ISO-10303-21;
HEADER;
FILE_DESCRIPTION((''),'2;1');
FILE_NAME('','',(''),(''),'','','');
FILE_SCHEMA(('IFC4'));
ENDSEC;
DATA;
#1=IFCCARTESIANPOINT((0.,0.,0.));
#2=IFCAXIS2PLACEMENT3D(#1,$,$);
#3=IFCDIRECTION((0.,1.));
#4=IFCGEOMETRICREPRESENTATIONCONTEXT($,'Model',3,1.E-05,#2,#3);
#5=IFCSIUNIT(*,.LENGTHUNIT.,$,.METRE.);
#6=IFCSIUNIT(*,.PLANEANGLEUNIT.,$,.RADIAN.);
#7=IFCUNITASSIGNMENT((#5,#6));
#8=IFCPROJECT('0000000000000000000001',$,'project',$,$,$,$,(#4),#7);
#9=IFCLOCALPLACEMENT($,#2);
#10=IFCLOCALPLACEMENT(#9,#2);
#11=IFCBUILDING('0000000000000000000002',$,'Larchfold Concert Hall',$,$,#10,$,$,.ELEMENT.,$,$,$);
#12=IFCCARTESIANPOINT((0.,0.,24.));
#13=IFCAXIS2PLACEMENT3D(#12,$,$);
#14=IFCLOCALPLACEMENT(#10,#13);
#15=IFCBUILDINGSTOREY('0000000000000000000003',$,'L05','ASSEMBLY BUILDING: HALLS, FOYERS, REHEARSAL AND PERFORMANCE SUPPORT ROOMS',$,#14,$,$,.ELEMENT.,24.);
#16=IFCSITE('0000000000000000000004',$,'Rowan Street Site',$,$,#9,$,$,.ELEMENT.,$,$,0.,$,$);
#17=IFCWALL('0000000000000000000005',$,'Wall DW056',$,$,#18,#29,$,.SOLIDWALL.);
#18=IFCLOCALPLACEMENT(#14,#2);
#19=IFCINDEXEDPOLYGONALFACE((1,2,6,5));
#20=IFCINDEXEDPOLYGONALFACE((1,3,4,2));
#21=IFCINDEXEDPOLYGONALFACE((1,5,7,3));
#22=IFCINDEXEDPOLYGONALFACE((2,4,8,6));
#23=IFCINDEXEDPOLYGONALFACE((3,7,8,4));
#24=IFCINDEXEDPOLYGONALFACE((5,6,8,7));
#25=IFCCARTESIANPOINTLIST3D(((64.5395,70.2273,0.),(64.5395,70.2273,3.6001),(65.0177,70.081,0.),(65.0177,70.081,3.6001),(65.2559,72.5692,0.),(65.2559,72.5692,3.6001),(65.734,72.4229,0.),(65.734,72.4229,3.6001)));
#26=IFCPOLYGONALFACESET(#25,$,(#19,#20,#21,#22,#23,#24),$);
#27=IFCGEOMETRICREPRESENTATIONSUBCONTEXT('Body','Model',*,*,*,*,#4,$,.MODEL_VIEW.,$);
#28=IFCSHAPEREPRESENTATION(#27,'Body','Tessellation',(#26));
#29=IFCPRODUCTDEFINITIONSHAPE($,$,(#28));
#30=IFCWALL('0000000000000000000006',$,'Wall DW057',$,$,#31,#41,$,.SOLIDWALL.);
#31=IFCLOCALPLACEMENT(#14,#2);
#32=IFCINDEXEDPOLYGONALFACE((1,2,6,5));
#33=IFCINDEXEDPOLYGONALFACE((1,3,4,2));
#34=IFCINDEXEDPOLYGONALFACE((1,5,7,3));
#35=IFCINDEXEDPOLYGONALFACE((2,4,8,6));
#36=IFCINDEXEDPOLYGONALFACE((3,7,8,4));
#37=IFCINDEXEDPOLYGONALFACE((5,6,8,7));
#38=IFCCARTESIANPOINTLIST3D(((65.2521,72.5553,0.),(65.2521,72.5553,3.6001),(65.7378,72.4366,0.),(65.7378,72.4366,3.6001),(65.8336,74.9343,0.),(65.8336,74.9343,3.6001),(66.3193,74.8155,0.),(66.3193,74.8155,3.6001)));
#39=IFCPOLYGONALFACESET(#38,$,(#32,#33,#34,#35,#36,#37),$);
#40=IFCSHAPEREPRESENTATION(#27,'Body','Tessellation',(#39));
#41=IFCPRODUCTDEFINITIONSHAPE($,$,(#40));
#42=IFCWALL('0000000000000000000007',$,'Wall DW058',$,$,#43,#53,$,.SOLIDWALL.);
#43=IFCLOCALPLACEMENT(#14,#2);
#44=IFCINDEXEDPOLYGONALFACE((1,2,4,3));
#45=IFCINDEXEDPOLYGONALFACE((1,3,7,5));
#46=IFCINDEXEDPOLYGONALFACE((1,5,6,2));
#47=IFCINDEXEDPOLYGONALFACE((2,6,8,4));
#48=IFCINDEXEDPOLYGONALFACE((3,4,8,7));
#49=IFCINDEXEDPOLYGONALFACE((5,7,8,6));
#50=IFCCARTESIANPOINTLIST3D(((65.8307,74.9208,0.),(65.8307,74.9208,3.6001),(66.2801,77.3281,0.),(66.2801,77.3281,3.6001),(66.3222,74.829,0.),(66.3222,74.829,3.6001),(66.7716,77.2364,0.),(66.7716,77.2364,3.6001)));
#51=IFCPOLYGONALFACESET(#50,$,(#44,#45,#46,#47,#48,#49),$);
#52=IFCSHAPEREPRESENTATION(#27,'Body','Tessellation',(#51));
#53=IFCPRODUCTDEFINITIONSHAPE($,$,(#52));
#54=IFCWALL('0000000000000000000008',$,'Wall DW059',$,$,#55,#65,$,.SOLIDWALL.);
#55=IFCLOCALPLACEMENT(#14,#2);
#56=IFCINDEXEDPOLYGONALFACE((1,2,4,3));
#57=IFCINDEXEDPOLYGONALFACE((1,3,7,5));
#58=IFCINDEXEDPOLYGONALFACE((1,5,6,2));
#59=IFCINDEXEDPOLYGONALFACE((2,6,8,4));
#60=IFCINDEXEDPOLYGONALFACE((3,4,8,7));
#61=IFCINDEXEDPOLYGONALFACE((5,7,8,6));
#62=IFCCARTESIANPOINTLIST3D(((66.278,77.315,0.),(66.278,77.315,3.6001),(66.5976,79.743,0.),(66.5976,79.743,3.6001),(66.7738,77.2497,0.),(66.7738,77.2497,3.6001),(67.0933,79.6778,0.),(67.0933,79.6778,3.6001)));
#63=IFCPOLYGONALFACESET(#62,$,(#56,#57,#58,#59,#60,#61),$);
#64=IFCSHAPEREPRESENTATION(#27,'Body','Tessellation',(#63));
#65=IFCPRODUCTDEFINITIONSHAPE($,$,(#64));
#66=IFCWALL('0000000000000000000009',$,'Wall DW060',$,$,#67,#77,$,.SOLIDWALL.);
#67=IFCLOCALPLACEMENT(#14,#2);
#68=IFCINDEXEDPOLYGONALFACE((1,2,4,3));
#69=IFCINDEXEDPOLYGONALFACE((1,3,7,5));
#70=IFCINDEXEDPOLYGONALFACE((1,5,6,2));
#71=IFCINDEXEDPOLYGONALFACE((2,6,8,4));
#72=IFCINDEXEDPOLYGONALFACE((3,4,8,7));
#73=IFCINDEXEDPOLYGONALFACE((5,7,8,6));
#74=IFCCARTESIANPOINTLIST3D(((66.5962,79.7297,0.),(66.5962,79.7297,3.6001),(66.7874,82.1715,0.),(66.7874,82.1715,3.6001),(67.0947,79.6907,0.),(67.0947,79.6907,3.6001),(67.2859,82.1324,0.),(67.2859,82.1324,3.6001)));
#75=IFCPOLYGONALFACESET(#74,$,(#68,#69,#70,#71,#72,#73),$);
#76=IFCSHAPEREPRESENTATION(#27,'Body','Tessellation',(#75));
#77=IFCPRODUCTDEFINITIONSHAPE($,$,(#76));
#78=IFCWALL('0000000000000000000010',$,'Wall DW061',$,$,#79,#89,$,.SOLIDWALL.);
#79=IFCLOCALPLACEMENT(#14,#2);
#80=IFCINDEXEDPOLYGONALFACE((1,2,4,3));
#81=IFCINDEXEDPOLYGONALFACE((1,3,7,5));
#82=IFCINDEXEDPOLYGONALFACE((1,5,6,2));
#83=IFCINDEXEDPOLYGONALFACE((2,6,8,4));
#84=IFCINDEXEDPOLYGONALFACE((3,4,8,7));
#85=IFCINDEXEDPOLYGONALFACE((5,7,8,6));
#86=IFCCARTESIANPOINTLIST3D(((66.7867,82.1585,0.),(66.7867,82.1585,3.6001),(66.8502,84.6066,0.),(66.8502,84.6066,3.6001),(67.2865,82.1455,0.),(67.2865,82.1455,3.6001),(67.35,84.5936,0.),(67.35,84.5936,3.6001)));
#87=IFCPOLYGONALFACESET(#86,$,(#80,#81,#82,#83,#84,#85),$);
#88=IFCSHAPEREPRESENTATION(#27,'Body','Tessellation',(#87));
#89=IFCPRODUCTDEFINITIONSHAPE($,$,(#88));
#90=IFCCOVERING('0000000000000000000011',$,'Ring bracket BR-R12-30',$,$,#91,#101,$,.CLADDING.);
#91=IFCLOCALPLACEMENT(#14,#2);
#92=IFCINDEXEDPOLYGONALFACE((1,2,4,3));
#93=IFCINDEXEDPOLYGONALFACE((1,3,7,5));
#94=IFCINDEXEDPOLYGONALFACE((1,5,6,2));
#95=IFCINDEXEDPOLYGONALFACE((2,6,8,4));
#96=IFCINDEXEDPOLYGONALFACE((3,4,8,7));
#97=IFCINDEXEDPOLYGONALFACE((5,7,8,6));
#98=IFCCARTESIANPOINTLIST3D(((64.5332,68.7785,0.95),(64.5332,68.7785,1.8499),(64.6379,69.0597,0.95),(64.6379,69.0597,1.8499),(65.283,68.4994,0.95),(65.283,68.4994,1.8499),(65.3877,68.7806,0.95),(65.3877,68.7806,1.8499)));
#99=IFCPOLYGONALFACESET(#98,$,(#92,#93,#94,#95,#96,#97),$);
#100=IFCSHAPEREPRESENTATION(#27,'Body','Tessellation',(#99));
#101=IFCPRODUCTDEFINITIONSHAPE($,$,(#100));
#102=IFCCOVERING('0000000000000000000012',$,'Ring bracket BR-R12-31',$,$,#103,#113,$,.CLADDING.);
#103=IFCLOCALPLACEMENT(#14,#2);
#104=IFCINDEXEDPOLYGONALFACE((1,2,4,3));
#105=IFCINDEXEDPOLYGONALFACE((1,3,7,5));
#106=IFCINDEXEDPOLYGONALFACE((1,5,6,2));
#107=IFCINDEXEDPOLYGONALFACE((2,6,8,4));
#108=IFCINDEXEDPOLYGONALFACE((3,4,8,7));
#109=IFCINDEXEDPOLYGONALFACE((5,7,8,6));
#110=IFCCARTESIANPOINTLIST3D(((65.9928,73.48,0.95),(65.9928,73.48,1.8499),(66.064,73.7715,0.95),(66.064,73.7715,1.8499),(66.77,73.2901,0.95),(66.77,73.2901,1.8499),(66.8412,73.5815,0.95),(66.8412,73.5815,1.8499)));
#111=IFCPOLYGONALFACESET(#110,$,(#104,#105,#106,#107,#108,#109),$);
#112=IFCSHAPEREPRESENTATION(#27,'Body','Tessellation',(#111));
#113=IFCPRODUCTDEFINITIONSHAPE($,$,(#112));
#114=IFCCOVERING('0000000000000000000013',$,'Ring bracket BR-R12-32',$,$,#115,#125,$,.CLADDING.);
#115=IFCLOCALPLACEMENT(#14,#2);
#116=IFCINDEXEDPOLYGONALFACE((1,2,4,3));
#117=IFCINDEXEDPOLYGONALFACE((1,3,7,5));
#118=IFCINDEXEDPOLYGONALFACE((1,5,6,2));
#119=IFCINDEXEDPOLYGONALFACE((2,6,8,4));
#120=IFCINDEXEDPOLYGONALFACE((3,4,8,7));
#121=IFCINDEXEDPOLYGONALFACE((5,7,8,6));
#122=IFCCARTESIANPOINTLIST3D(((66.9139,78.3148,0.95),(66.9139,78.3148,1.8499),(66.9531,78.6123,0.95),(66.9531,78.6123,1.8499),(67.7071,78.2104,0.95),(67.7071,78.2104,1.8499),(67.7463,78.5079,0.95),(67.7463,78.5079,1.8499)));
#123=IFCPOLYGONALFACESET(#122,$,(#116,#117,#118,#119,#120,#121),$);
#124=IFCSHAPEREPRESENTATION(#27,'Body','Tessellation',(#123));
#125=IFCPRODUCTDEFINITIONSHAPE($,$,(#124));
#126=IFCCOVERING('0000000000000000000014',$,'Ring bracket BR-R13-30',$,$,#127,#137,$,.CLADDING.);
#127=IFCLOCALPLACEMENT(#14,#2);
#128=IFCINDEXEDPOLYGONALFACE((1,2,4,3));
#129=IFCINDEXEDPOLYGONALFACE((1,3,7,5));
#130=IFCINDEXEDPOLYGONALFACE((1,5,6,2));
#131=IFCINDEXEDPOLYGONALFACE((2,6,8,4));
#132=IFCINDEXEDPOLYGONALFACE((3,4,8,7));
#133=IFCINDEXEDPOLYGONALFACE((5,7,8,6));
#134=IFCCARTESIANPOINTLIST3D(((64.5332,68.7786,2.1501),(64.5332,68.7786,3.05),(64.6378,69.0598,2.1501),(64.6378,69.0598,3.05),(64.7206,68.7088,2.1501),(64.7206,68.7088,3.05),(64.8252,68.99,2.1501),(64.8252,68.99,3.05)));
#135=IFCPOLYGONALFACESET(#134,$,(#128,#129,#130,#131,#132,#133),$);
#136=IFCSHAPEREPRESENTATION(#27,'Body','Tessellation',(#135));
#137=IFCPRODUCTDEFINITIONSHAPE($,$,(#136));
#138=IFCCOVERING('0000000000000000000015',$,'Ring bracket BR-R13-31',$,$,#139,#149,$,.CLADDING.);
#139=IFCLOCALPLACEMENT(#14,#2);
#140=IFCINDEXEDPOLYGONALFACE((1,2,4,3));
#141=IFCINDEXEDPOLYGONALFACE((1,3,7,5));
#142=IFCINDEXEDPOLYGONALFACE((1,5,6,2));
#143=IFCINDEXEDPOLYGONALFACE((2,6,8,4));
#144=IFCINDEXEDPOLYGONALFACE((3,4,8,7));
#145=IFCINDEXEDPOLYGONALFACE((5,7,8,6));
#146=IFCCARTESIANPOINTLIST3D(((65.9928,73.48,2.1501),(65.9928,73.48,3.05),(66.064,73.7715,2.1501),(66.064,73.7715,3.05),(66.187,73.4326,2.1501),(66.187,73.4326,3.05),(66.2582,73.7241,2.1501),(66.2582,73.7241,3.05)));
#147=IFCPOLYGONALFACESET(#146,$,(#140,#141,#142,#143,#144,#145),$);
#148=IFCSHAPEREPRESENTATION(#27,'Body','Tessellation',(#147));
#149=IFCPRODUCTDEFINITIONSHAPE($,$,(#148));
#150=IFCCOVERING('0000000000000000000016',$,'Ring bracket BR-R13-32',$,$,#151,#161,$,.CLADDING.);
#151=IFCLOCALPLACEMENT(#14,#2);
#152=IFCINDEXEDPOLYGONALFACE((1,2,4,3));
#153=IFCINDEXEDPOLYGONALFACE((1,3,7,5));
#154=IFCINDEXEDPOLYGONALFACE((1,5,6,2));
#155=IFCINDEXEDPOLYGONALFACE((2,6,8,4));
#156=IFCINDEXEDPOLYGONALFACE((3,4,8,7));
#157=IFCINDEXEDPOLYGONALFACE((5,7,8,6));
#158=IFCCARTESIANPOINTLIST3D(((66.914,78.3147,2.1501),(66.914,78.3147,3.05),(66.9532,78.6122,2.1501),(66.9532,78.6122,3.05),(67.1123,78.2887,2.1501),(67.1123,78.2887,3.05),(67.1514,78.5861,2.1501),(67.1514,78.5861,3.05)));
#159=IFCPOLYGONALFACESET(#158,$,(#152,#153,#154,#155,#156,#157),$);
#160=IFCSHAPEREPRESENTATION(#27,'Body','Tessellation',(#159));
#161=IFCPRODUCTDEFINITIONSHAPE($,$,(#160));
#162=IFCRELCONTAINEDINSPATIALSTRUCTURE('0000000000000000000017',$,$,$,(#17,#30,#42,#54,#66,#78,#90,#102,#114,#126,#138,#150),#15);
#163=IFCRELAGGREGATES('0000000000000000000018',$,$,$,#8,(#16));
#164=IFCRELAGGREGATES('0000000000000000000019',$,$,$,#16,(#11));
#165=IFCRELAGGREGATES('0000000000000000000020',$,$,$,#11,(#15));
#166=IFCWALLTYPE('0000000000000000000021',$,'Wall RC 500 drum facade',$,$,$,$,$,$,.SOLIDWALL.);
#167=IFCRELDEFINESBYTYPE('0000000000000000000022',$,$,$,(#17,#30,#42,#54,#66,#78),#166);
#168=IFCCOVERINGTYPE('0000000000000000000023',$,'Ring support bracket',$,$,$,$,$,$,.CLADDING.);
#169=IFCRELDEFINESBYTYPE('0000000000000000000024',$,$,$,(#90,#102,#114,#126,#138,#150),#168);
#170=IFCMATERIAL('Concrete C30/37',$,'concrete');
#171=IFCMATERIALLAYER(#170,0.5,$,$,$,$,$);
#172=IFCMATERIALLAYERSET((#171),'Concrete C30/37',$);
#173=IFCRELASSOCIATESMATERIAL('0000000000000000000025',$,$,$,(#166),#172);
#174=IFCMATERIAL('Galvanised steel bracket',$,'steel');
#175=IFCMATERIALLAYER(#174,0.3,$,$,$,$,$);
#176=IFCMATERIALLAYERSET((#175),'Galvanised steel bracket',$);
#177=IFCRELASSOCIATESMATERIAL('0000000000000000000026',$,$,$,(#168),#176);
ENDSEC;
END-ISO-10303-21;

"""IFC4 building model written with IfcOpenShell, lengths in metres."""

from ifc_helpers import new_model, si_unit, direction, frame, frame_2d, origin, origin_2d, place, context, subcontext, project, spatial, rectangle, extrude, material, layer, layer_set, type_object, element, save


model = new_model("IFC4")

# Units and contexts
model_context = context("Model", 3, precision=1e-05, world=origin(), true_north=direction((0.0, 1.0)))
body_context = subcontext(model_context, "Body", "Model", "MODEL_VIEW")
ifc_project = project(units=[si_unit("LENGTHUNIT", "METRE"), si_unit("PLANEANGLEUNIT", "RADIAN")], contexts=[model_context])

# Site, building, storey
site_placement = place(None, origin())
site = spatial("IfcSite", under=ifc_project, at=site_placement, Name="Rowan Street Site", CompositionType="ELEMENT", RefElevation=0.0)
building_placement = place(site_placement, origin())
building = spatial("IfcBuilding", under=site, at=building_placement, Name="Larchfold Concert Hall", CompositionType="ELEMENT")
storey_placement = place(building_placement, frame((0.0, 0.0, 24.0)))
storey = spatial("IfcBuildingStorey", under=building, at=storey_placement, Name="L05", Description="ASSEMBLY BUILDING: HALLS, FOYERS, REHEARSAL AND PERFORMANCE SUPPORT ROOMS", CompositionType="ELEMENT", Elevation=24.0)

# Walls
ifc_material_1 = material(Name="Concrete C30/37", Category="concrete")
ifc_layer_1 = layer(ifc_material_1, 0.5)
ifc_layer_set_1 = layer_set([ifc_layer_1], Name="Concrete C30/37")
wall_type_1 = type_object("IfcWallType", Name="Wall RC 500 drum facade", PredefinedType="SOLIDWALL", material=ifc_layer_set_1)
for number, where, z_axis, x_axis, name in (
    (1, (64.7786, 70.1541, 0.0), (0.0, 0.0, 1.0), (0.292502, 0.956265, 0.0), "Wall DW056"),
    (2, (65.4949, 72.4958, 0.0), (0.0, 0.0, 1.0), (0.237466, 0.971396, 0.0), "Wall DW057"),
    (3, (66.0764, 74.8748, 0.0), (0.0, 0.0, 1.0), (0.183524, 0.983015, 0.0), "Wall DW058"),
    (4, (66.5259, 77.2822, 0.0), (0.0, 0.0, 1.0), (0.130498, 0.991449, 0.0), "Wall DW059"),
):
    element("IfcWall", number, at=place(storey_placement, frame(where, z_axis=z_axis, x_axis=x_axis)), inside=storey, type_object=wall_type_1, Name=name, PredefinedType="SOLIDWALL", context=body_context, shape_type="SweptSolid", body=[
        extrude(rectangle(XDim=2.449, YDim=0.5, at=frame_2d((1.2246, 0.0))), origin(), (0.0, 0.0, 1.0), 3.6001),
    ])
wall_1_placement = place(storey_placement, frame((66.8455, 79.7102, 0.0), z_axis=(0.0, 0.0, 1.0), x_axis=(0.078053, 0.996949, 0.0)))
element("IfcWall", 5, at=wall_1_placement, inside=storey, type_object=wall_type_1, Name="Wall DW060", PredefinedType="SOLIDWALL", context=body_context, shape_type="SweptSolid", body=[
    extrude(rectangle(XDim=2.4492, YDim=0.5, at=frame_2d((1.2246, 0.0))), origin(), (0.0, 0.0, 1.0), 3.6001),
])
wall_2_placement = place(storey_placement, frame((67.0366, 82.1519, 0.0), z_axis=(0.0, 0.0, 1.0), x_axis=(0.025919, 0.999664, 0.0)))
element("IfcWall", 6, at=wall_2_placement, inside=storey, type_object=wall_type_1, Name="Wall DW061", PredefinedType="SOLIDWALL", context=body_context, shape_type="SweptSolid", body=[
    extrude(rectangle(XDim=2.449, YDim=0.5, at=frame_2d((1.2246, 0.0))), origin(), (0.0, 0.0, 1.0), 3.6001),
])

# Coverings
ifc_material_2 = material(Name="Galvanised steel bracket", Category="steel")
ifc_layer_2 = layer(ifc_material_2, 0.3)
ifc_layer_set_2 = layer_set([ifc_layer_2], Name="Galvanised steel bracket")
covering_type = type_object("IfcCoveringType", Name="Ring support bracket", PredefinedType="CLADDING", material=ifc_layer_set_2)
for number, where, z_axis, x_axis, name in (
    (7, (64.9604, 68.7795, 0.95), (0.0, 0.0, 1.0), (0.937177, -0.348853, 0.0), "Ring bracket BR-R12-30"),
    (8, (66.417, 73.5308, 0.95), (0.0, 0.0, 1.0), (0.971412, -0.237401, 0.0), "Ring bracket BR-R12-31"),
    (9, (67.3301, 78.4114, 0.95), (0.0, 0.0, 1.0), (0.99145, -0.130488, 0.0), "Ring bracket BR-R12-32"),
):
    element("IfcCovering", number, at=place(storey_placement, frame(where, z_axis=z_axis, x_axis=x_axis)), inside=storey, type_object=covering_type, Name=name, PredefinedType="CLADDING", context=body_context, shape_type="SweptSolid", body=[
        extrude(rectangle(XDim=0.8, YDim=0.3, at=origin_2d()), origin(), (0.0, 0.0, 1.0), 0.8999),
    ])
for number, where, z_axis, x_axis, name in (
    (10, (64.6792, 68.8843, 2.1501), (0.0, 0.0, 1.0), (0.937177, -0.348853, 0.0), "Ring bracket BR-R13-30"),
    (11, (66.1255, 73.6021, 2.1501), (0.0, 0.0, 1.0), (0.971412, -0.237401, 0.0), "Ring bracket BR-R13-31"),
    (12, (67.0327, 78.4504, 2.1501), (0.0, 0.0, 1.0), (0.99145, -0.130488, 0.0), "Ring bracket BR-R13-32"),
):
    element("IfcCovering", number, at=place(storey_placement, frame(where, z_axis=z_axis, x_axis=x_axis)), inside=storey, type_object=covering_type, Name=name, PredefinedType="CLADDING", context=body_context, shape_type="SweptSolid", body=[
        extrude(rectangle(XDim=0.2, YDim=0.3, at=origin_2d()), origin(), (0.0, 0.0, 1.0), 0.8999),
    ])

save(model, "model.ifc")
